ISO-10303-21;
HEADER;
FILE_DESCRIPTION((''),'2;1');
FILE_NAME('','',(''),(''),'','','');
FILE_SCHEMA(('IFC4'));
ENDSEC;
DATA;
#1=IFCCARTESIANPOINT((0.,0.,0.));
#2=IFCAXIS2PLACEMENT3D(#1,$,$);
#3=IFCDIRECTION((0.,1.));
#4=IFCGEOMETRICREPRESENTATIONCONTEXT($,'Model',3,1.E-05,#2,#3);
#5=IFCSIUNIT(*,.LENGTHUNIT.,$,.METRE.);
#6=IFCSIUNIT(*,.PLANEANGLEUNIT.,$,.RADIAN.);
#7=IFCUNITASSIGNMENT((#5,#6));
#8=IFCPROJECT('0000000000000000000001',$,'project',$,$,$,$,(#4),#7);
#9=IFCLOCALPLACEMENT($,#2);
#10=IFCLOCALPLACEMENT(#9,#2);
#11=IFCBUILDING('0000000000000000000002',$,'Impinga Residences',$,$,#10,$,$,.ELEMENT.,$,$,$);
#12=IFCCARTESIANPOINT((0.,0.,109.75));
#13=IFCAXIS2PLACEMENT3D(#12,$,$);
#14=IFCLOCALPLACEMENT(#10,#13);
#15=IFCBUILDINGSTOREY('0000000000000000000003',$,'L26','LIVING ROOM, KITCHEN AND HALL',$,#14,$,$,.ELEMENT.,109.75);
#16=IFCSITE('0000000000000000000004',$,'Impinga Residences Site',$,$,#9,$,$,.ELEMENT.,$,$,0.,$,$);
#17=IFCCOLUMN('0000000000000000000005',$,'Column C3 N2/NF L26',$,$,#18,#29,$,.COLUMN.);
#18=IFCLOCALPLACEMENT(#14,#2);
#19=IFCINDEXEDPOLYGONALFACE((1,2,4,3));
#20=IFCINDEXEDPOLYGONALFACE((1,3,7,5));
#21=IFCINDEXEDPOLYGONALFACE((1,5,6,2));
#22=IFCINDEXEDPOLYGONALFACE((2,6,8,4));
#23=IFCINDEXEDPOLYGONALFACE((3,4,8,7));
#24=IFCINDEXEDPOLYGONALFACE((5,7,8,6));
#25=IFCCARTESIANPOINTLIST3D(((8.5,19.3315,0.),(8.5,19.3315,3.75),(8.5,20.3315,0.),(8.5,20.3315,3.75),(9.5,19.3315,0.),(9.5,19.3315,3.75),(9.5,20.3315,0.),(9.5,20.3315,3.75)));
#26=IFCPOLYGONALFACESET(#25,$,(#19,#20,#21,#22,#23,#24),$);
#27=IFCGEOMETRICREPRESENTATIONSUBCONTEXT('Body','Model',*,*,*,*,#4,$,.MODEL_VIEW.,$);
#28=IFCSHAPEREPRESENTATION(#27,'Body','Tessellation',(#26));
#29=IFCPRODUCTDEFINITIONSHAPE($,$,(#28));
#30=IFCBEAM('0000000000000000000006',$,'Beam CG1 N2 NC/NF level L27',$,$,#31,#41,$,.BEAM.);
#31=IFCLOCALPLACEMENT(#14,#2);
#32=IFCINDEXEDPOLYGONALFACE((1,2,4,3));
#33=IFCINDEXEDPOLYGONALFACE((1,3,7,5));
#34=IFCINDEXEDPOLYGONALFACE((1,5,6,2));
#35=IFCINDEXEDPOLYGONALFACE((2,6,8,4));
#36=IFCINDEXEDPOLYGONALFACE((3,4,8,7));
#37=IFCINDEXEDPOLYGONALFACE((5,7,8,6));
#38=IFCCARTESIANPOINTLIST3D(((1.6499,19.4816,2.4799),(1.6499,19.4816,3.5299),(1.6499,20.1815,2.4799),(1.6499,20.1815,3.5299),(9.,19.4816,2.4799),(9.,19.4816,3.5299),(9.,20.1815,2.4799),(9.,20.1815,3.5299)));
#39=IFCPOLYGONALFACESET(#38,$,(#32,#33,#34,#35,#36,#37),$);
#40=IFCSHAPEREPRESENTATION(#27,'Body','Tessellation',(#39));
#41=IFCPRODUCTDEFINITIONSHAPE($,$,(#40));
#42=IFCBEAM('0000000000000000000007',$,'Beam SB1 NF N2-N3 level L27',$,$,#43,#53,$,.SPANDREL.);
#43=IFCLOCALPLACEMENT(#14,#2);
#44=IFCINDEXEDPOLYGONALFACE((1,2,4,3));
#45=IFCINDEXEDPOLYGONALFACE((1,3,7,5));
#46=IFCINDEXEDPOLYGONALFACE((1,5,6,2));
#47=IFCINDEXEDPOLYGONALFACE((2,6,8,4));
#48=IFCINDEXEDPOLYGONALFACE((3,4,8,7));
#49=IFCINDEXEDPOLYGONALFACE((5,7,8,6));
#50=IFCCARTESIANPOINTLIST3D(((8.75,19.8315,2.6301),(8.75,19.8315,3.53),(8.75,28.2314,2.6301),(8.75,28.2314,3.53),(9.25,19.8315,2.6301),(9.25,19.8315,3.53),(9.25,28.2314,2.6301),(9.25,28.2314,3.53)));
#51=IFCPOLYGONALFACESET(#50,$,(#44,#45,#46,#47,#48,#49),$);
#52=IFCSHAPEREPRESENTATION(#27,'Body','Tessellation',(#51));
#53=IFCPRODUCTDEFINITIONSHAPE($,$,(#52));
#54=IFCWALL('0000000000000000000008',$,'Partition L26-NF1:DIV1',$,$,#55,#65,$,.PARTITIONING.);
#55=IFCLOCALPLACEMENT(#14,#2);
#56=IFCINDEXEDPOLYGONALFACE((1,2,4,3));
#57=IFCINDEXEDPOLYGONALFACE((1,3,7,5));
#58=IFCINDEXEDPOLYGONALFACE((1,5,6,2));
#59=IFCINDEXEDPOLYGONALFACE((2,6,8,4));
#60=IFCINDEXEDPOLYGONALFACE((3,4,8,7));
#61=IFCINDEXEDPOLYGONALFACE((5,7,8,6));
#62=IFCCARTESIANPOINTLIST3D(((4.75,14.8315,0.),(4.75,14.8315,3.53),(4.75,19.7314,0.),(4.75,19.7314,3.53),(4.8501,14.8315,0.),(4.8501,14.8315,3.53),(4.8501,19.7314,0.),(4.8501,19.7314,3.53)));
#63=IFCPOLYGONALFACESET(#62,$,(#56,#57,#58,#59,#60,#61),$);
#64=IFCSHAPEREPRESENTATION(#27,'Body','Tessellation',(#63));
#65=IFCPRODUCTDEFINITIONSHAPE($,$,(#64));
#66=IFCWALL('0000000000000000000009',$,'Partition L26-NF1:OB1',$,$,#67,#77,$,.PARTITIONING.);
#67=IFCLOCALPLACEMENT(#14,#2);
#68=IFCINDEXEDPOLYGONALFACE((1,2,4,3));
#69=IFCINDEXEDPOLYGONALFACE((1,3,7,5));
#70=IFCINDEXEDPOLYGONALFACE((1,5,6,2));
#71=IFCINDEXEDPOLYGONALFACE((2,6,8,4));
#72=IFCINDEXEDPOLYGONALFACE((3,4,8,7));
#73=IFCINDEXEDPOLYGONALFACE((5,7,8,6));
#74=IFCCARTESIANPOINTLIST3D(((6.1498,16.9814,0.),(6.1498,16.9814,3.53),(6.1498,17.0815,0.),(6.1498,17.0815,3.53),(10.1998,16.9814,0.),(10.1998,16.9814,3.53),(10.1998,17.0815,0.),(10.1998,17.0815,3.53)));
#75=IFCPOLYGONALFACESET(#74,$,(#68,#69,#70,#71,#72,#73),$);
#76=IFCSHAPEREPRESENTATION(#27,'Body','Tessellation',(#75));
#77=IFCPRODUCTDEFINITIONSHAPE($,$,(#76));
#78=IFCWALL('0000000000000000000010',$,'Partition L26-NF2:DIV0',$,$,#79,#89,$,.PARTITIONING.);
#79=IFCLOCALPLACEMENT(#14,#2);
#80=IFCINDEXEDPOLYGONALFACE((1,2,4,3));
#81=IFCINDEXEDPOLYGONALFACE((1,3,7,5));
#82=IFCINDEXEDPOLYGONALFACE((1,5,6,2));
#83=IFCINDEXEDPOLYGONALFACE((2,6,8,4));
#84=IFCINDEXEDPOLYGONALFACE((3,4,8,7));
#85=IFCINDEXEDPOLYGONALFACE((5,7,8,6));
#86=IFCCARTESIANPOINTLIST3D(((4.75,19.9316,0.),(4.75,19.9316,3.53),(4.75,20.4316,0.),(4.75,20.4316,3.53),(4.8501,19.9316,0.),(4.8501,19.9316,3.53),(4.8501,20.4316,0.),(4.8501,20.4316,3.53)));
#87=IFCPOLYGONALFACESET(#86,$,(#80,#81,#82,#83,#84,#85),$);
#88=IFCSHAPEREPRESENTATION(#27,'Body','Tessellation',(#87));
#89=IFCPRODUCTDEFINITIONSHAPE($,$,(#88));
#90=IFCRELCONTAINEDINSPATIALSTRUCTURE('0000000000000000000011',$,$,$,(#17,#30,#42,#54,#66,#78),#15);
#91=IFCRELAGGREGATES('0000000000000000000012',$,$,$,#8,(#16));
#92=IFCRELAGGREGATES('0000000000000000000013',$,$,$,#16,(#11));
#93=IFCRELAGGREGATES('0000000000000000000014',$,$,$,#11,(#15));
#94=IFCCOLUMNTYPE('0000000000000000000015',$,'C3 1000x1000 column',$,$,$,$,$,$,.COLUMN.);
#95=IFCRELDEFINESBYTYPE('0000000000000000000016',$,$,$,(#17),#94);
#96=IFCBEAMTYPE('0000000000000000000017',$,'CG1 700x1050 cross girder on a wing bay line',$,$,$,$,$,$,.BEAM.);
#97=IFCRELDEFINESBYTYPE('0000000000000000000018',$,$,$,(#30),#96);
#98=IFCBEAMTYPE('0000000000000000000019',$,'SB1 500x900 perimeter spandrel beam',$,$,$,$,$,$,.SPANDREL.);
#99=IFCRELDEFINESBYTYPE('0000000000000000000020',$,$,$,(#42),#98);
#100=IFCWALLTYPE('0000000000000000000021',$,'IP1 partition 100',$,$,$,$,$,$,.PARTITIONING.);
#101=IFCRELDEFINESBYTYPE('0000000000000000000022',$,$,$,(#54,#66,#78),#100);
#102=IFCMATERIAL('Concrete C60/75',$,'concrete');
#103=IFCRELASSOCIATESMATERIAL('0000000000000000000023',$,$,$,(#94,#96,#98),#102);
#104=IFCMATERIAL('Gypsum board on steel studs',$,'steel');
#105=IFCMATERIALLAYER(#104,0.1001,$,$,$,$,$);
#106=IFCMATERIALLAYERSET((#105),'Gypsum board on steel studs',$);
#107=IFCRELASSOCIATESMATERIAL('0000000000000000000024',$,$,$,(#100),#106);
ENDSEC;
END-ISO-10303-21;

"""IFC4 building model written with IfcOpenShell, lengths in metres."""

from ifc_helpers import new_model, si_unit, direction, frame, frame_2d, origin, origin_2d, place, context, subcontext, project, spatial, rectangle, extrude, material, layer, layer_set, material_profile, profile_set, type_object, element, save


model = new_model("IFC4")

# Units and contexts
model_context = context("Model", 3, precision=1e-05, world=origin(), true_north=direction((0.0, 1.0)))
body_context = subcontext(model_context, "Body", "Model", "MODEL_VIEW")
ifc_project = project(units=[si_unit("LENGTHUNIT", "METRE"), si_unit("PLANEANGLEUNIT", "RADIAN")], contexts=[model_context])

# Site, building, storey
site_placement = place(None, origin())
site = spatial("IfcSite", under=ifc_project, at=site_placement, Name="Impinga Residences Site", CompositionType="ELEMENT", RefElevation=0.0)
building_placement = place(site_placement, origin())
building = spatial("IfcBuilding", under=site, at=building_placement, Name="Impinga Residences", CompositionType="ELEMENT")
storey_placement = place(building_placement, frame((0.0, 0.0, 109.75)))
storey = spatial("IfcBuildingStorey", under=building, at=storey_placement, Name="L26", Description="LIVING ROOM, KITCHEN AND HALL", CompositionType="ELEMENT", Elevation=109.75)

# Column
ifc_material_1 = material(Name="Concrete C60/75", Category="concrete")
ifc_material_profile_1 = material_profile(ifc_material_1, rectangle(XDim=1.0, YDim=1.0, at=origin_2d()), Name="RC 1000x1000")
ifc_profile_set_1 = profile_set([ifc_material_profile_1], Name="Concrete C60/75")
column_type = type_object("IfcColumnType", Name="C3 1000x1000 column", PredefinedType="COLUMN", material=ifc_profile_set_1)
column_placement = place(storey_placement, frame((9.0, 19.8315, 0.0), z_axis=(0.0, 0.0, 1.0), x_axis=(1.0, 0.0, 0.0)))
element("IfcColumn", 1, at=column_placement, inside=storey, type_object=column_type, Name="Column C3 N2/NF L26", PredefinedType="COLUMN", context=body_context, shape_type="SweptSolid", body=[
    extrude(rectangle(XDim=1.0, YDim=1.0, at=origin_2d()), origin(), (0.0, 0.0, 1.0), 3.75),
])

# Beams
ifc_material_profile_2 = material_profile(ifc_material_1, rectangle(XDim=0.7, YDim=1.05, at=origin_2d()), Name="RC 700x1050")
ifc_profile_set_2 = profile_set([ifc_material_profile_2], Name="Concrete C60/75")
beam_type_1 = type_object("IfcBeamType", Name="CG1 700x1050 cross girder on a wing bay line", PredefinedType="BEAM", material=ifc_profile_set_2)
beam_1_placement = place(storey_placement, frame((1.6499, 19.8315, 3.0049), z_axis=(1.0, 0.0, 0.0), x_axis=(0.0, 1.0, 0.0)))
element("IfcBeam", 2, at=beam_1_placement, inside=storey, type_object=beam_type_1, Name="Beam CG1 N2 NC/NF level L27", PredefinedType="BEAM", context=body_context, shape_type="SweptSolid", body=[
    extrude(rectangle(XDim=0.7, YDim=1.05, at=origin_2d()), origin(), (0.0, 0.0, 1.0), 7.3501),
])
ifc_material_profile_3 = material_profile(ifc_material_1, rectangle(XDim=0.5, YDim=0.8999, at=origin_2d()), Name="RC 500x900")
ifc_profile_set_3 = profile_set([ifc_material_profile_3], Name="Concrete C60/75")
beam_type_2 = type_object("IfcBeamType", Name="SB1 500x900 perimeter spandrel beam", PredefinedType="SPANDREL", material=ifc_profile_set_3)
beam_2_placement = place(storey_placement, frame((9.0, 19.8315, 3.0801), z_axis=(0.0, 1.0, 0.0), x_axis=(-1.0, 0.0, 0.0)))
element("IfcBeam", 3, at=beam_2_placement, inside=storey, type_object=beam_type_2, Name="Beam SB1 NF N2-N3 level L27", PredefinedType="SPANDREL", context=body_context, shape_type="SweptSolid", body=[
    extrude(rectangle(XDim=0.5, YDim=0.8999, at=origin_2d()), origin(), (0.0, 0.0, 1.0), 8.3999),
])

# Walls
ifc_material_2 = material(Name="Gypsum board on steel studs", Category="steel")
ifc_layer_1 = layer(ifc_material_2, 0.1001)
ifc_layer_set_1 = layer_set([ifc_layer_1], Name="Gypsum board on steel studs")
wall_type_1 = type_object("IfcWallType", Name="IP1 partition 100", PredefinedType="PARTITIONING", material=ifc_layer_set_1)
wall_1_placement = place(storey_placement, frame((4.8, 14.8315, 0.0), z_axis=(0.0, 0.0, 1.0), x_axis=(0.0, 1.0, 0.0)))
element("IfcWall", 4, at=wall_1_placement, inside=storey, type_object=wall_type_1, Name="Partition L26-NF1:DIV1", PredefinedType="PARTITIONING", context=body_context, shape_type="SweptSolid", body=[
    extrude(rectangle(XDim=4.8999, YDim=0.1001, at=frame_2d((2.45, 0.0))), origin(), (0.0, 0.0, 1.0), 3.53),
])
wall_2_placement = place(storey_placement, frame((6.1499, 17.0315, 0.0), z_axis=(0.0, 0.0, 1.0), x_axis=(1.0, 0.0, 0.0)))
element("IfcWall", 5, at=wall_2_placement, inside=storey, type_object=wall_type_1, Name="Partition L26-NF1:OB1", PredefinedType="PARTITIONING", context=body_context, shape_type="SweptSolid", body=[
    extrude(rectangle(XDim=4.05, YDim=0.1001, at=frame_2d((2.0249, 0.0))), origin(), (0.0, 0.0, 1.0), 3.53),
])
wall_3_placement = place(storey_placement, frame((4.8, 19.9316, 0.0), z_axis=(0.0, 0.0, 1.0), x_axis=(0.0, 1.0, 0.0)))
element("IfcWall", 6, at=wall_3_placement, inside=storey, type_object=wall_type_1, Name="Partition L26-NF2:DIV0", PredefinedType="PARTITIONING", context=body_context, shape_type="SweptSolid", body=[
    extrude(rectangle(XDim=0.5, YDim=0.1001, at=frame_2d((0.25, 0.0))), origin(), (0.0, 0.0, 1.0), 3.53),
])

save(model, "model.ifc")
